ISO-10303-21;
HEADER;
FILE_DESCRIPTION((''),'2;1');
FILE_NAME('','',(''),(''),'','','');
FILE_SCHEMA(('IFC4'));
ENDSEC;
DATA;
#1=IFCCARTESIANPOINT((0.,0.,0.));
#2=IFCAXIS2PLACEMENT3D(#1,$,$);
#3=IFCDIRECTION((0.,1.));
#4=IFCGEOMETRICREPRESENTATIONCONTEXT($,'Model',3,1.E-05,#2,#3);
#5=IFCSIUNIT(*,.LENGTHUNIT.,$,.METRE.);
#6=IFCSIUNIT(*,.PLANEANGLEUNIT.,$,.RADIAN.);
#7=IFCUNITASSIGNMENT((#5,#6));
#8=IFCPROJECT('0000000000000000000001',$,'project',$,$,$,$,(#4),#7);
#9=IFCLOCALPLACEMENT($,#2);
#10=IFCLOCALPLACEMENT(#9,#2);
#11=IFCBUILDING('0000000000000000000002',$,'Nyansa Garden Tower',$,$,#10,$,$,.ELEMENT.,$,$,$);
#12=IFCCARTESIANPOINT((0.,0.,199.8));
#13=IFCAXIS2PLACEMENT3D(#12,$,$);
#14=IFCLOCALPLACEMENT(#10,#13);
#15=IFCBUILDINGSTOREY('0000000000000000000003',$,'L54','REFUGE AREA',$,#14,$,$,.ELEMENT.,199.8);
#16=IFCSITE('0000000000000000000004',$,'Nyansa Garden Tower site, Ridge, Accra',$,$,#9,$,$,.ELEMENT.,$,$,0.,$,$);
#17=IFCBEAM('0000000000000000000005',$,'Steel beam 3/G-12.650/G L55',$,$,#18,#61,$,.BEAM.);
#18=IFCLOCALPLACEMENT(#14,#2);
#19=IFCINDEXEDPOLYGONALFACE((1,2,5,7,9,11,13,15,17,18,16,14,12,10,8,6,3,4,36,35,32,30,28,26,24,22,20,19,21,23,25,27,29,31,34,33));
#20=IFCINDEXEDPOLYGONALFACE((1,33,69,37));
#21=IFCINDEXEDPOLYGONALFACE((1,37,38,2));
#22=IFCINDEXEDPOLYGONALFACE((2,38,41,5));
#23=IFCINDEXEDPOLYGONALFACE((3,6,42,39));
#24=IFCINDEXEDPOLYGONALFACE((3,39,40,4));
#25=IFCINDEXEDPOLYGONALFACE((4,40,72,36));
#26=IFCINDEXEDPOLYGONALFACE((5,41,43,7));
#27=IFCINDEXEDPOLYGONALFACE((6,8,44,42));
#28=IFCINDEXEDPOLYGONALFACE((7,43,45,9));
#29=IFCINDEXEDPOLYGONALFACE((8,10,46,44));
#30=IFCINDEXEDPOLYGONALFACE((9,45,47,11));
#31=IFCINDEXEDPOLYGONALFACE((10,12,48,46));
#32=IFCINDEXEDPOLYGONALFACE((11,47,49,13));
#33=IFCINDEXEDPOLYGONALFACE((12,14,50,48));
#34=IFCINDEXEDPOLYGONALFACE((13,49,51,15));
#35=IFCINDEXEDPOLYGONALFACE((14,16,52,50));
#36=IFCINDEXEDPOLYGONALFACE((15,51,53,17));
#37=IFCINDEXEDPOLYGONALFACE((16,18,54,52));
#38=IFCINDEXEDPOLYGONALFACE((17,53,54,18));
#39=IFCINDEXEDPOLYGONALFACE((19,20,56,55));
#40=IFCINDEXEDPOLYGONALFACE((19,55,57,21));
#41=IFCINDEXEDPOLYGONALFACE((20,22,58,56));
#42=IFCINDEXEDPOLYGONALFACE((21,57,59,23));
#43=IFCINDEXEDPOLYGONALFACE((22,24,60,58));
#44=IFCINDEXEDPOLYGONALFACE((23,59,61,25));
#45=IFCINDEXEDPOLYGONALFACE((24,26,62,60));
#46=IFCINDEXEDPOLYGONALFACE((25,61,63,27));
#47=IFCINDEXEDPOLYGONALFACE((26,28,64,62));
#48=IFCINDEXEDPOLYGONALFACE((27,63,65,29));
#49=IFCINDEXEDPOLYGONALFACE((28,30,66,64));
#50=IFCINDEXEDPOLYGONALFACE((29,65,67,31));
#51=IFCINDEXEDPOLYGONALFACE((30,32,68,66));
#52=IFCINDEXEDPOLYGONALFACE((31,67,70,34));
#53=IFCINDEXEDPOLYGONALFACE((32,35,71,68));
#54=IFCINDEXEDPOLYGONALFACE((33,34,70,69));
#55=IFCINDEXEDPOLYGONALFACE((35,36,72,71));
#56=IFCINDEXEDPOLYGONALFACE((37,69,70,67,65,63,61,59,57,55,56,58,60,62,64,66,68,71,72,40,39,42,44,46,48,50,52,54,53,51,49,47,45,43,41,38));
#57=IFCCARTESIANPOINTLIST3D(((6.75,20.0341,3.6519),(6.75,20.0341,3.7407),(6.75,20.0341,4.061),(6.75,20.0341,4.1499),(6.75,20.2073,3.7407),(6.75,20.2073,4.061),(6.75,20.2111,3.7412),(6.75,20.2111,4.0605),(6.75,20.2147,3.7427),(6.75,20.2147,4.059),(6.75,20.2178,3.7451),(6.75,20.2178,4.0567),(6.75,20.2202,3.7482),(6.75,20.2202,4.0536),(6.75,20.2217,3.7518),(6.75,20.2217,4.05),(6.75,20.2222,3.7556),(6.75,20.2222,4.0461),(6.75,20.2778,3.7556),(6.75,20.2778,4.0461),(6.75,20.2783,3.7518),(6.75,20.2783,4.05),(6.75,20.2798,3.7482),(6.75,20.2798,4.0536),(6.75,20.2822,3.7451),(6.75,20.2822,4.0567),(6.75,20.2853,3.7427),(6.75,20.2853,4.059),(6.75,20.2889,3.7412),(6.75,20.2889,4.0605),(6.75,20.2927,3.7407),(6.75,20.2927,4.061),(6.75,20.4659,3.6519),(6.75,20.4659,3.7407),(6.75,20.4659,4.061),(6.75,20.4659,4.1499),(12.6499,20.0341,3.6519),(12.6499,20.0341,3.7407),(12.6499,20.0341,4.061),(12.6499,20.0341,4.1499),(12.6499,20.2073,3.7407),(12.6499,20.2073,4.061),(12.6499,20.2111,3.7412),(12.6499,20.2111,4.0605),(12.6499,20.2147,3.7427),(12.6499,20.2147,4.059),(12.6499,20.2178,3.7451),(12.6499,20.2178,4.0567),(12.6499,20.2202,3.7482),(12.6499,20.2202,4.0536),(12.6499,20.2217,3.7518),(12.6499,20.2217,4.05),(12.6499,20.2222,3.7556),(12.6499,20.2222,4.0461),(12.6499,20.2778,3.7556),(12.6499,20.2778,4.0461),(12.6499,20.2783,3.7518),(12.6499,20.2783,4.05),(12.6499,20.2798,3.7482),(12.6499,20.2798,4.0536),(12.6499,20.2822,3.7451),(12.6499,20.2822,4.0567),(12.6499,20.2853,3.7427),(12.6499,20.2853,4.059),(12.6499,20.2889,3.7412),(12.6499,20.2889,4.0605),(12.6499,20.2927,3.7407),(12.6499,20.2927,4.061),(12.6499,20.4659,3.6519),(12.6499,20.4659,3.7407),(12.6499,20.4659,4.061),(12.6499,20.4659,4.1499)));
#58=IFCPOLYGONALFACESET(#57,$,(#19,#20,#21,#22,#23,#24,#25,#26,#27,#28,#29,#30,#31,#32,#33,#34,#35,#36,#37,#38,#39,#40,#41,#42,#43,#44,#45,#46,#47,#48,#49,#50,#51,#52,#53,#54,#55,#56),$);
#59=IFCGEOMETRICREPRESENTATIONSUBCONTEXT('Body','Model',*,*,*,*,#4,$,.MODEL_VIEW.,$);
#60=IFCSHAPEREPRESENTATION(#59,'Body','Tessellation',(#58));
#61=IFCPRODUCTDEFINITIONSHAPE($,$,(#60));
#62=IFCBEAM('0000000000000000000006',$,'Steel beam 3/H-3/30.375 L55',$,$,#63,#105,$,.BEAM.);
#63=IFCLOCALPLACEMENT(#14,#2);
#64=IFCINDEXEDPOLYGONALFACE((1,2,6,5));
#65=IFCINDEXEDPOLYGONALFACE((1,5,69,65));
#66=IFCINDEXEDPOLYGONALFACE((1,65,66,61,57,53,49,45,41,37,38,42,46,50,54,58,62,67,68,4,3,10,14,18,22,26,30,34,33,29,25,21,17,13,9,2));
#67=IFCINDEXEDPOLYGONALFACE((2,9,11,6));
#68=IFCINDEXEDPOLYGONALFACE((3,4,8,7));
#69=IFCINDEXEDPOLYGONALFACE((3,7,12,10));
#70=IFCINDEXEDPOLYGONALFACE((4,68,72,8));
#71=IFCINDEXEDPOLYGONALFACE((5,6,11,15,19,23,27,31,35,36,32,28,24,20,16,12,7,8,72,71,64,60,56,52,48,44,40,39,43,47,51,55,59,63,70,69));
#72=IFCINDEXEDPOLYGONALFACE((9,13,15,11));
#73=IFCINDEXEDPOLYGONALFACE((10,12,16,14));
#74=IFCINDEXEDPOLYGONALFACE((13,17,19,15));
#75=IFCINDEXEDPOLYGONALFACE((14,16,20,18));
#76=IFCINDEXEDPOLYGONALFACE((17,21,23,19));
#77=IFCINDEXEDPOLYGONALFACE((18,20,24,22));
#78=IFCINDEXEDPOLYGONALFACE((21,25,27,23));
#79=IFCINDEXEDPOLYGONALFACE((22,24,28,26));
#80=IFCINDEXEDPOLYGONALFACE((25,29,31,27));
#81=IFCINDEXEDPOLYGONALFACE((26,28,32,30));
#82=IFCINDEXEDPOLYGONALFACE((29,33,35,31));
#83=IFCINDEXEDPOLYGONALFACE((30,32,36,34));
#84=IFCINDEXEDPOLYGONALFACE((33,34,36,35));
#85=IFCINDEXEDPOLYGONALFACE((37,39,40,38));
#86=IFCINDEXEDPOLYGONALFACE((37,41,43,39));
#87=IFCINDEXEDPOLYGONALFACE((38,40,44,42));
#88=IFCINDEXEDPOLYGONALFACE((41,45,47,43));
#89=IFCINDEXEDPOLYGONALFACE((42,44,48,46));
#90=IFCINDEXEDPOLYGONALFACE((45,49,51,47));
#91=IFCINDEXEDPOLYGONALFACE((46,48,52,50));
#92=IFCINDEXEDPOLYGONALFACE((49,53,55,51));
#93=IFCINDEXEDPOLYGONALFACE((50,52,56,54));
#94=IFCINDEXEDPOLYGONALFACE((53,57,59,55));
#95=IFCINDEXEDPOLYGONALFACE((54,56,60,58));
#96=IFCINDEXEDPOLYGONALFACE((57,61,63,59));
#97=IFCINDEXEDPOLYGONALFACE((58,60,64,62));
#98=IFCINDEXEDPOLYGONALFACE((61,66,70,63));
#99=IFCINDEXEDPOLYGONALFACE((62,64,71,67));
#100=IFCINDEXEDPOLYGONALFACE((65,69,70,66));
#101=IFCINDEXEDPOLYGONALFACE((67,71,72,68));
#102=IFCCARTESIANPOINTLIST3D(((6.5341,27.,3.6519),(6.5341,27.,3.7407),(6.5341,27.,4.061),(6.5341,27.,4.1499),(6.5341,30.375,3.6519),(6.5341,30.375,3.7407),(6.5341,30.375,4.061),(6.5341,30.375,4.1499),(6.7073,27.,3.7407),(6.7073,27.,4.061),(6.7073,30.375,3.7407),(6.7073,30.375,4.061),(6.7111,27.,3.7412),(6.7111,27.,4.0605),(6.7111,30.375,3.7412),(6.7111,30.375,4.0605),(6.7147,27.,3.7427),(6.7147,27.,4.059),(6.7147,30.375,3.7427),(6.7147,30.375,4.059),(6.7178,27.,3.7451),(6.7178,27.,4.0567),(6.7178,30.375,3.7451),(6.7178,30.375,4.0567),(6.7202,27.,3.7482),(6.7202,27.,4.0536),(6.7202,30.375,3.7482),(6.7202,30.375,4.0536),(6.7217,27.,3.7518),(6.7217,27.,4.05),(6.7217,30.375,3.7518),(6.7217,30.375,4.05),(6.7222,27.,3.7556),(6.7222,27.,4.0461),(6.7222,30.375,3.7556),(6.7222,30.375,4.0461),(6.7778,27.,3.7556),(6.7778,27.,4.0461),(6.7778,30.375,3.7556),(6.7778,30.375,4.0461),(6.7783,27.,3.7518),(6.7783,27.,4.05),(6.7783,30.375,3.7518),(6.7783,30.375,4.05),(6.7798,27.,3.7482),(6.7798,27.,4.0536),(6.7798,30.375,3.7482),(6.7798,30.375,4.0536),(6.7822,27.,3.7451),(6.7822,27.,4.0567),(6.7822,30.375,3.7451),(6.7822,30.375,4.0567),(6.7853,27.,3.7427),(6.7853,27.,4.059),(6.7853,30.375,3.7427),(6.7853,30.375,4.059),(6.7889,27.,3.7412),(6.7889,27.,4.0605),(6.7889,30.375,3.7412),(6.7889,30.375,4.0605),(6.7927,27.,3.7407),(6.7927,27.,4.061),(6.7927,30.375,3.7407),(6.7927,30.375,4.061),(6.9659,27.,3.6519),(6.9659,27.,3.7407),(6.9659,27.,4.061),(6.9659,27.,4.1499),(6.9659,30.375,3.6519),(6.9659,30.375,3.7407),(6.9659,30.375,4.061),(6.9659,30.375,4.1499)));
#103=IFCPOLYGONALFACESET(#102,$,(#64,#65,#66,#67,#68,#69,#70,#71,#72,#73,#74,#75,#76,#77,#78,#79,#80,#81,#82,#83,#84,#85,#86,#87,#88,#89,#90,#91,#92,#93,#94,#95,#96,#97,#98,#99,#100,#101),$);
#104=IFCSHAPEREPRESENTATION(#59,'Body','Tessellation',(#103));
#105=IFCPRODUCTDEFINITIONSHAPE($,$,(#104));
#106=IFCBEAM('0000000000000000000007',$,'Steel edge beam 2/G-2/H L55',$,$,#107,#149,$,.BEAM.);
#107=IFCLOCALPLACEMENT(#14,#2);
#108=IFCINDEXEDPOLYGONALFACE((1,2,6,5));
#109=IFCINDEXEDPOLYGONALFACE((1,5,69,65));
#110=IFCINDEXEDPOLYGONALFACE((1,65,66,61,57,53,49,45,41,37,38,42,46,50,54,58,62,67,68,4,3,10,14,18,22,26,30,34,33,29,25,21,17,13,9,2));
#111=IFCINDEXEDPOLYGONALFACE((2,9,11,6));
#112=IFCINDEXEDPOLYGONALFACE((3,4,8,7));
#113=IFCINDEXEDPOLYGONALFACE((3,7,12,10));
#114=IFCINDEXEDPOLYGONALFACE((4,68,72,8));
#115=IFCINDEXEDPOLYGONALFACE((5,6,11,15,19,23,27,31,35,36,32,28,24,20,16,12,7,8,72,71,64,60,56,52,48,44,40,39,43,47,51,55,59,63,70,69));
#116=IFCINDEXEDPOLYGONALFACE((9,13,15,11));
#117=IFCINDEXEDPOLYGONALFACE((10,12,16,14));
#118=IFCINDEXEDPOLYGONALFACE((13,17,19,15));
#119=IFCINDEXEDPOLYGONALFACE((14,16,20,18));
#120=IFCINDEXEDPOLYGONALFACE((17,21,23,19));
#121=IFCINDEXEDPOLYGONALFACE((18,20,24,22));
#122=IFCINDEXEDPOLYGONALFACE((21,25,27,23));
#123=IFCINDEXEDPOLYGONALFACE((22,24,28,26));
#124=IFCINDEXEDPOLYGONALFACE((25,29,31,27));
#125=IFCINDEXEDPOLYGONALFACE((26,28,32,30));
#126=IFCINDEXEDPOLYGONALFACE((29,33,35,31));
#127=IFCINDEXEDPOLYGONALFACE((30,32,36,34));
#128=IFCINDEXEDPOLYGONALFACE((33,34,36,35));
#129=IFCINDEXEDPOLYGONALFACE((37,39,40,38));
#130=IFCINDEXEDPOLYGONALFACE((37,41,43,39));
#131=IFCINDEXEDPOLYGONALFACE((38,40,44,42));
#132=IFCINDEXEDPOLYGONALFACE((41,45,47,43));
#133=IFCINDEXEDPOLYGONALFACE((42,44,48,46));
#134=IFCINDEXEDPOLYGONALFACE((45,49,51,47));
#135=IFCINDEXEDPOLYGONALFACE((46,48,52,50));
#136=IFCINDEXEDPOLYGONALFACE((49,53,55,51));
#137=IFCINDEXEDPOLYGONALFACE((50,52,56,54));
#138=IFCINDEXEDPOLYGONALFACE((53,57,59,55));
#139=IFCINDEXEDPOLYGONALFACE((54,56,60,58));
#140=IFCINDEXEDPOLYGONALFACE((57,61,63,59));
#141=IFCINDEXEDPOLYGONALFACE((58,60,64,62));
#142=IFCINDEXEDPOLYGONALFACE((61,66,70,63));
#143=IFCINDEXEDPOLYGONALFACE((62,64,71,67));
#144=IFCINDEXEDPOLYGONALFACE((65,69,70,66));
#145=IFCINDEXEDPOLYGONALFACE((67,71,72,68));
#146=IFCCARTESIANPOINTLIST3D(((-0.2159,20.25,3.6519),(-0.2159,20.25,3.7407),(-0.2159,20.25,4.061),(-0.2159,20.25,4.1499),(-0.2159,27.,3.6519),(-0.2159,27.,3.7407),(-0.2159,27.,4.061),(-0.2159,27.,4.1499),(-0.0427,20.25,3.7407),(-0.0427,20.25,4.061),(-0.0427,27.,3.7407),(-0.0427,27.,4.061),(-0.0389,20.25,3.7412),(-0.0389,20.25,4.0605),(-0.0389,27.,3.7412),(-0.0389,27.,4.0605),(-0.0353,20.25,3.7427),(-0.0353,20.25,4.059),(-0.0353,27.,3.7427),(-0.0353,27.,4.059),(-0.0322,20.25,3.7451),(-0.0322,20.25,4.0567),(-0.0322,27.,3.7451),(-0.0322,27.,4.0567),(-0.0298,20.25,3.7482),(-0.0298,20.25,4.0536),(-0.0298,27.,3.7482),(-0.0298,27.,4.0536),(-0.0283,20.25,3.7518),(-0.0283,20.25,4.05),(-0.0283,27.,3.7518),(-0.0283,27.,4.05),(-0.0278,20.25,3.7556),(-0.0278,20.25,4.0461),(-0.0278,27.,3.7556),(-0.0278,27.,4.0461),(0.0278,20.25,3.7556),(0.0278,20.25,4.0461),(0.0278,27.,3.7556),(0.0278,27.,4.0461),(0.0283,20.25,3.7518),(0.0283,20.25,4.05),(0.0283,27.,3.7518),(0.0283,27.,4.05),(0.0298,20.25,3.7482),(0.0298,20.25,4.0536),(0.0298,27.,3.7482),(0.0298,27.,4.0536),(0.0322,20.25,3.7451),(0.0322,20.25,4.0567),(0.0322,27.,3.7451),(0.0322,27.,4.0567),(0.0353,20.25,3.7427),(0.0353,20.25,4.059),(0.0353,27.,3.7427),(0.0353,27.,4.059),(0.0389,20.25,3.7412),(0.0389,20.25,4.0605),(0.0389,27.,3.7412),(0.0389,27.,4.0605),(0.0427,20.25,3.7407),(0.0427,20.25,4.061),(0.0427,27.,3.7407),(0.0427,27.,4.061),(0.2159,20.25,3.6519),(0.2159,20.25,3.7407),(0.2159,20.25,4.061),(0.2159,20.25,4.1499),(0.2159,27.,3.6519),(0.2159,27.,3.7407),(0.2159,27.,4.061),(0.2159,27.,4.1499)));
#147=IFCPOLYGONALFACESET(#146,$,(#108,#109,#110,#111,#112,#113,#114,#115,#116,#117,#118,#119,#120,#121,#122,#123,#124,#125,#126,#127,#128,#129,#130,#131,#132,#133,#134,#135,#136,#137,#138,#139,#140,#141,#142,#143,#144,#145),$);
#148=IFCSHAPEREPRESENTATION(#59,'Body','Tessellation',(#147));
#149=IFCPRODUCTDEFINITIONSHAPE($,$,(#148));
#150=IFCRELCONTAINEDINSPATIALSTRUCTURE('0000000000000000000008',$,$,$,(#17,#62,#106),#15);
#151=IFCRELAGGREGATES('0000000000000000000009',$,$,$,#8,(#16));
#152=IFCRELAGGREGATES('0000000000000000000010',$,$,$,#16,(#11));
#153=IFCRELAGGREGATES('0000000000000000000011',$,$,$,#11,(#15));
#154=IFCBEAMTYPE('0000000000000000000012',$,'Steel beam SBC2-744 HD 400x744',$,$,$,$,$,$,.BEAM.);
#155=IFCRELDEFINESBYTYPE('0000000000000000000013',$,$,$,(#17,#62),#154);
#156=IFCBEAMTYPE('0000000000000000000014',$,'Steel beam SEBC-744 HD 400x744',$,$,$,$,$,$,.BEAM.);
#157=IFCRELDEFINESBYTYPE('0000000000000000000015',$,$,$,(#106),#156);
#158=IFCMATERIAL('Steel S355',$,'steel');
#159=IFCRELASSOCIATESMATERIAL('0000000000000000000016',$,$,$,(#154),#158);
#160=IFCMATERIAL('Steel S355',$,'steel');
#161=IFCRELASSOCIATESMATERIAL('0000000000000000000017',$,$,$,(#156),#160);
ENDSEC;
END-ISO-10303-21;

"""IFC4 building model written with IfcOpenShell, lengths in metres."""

from ifc_helpers import new_model, si_unit, direction, frame, origin, origin_2d, place, context, subcontext, project, spatial, i_section, extrude, material, material_profile, profile_set, type_object, element, save


model = new_model("IFC4")

# Units and contexts
model_context = context("Model", 3, precision=1e-05, world=origin(), true_north=direction((0.0, 1.0)))
body_context = subcontext(model_context, "Body", "Model", "MODEL_VIEW")
ifc_project = project(units=[si_unit("LENGTHUNIT", "METRE"), si_unit("PLANEANGLEUNIT", "RADIAN")], contexts=[model_context])

# Site, building, storey
site_placement = place(None, origin())
site = spatial("IfcSite", under=ifc_project, at=site_placement, Name="Nyansa Garden Tower site, Ridge, Accra", CompositionType="ELEMENT", RefElevation=0.0)
building_placement = place(site_placement, origin())
building = spatial("IfcBuilding", under=site, at=building_placement, Name="Nyansa Garden Tower", CompositionType="ELEMENT")
storey_placement = place(building_placement, frame((0.0, 0.0, 199.8)))
storey = spatial("IfcBuildingStorey", under=building, at=storey_placement, Name="L54", Description="REFUGE AREA", CompositionType="ELEMENT", Elevation=199.8)

# Beams
ifc_material_1 = material(Name="Steel S355", Category="steel")
ifc_material_profile_1 = material_profile(ifc_material_1, i_section(OverallWidth=0.4319, OverallDepth=0.498, WebThickness=0.0557, FlangeThickness=0.0889, FilletRadius=0.0149, at=origin_2d()), Name="HD 400x744")
ifc_profile_set_1 = profile_set([ifc_material_profile_1], Name="Steel S355")
beam_type_1 = type_object("IfcBeamType", Name="Steel beam SBC2-744 HD 400x744", PredefinedType="BEAM", material=ifc_profile_set_1)
beam_1_placement = place(storey_placement, frame((6.75, 20.25, 3.9009), z_axis=(1.0, 0.0, 0.0), x_axis=(0.0, 1.0, 0.0)))
element("IfcBeam", 1, at=beam_1_placement, inside=storey, type_object=beam_type_1, Name="Steel beam 3/G-12.650/G L55", PredefinedType="BEAM", context=body_context, shape_type="SweptSolid", body=[
    extrude(i_section(OverallWidth=0.4319, OverallDepth=0.498, WebThickness=0.0557, FlangeThickness=0.0889, FilletRadius=0.0149, at=origin_2d()), origin(), (0.0, 0.0, 1.0), 5.8999),
])
beam_2_placement = place(storey_placement, frame((6.75, 27.0, 3.9009), z_axis=(0.0, 1.0, 0.0), x_axis=(-1.0, 0.0, 0.0)))
element("IfcBeam", 2, at=beam_2_placement, inside=storey, type_object=beam_type_1, Name="Steel beam 3/H-3/30.375 L55", PredefinedType="BEAM", context=body_context, shape_type="SweptSolid", body=[
    extrude(i_section(OverallWidth=0.4319, OverallDepth=0.498, WebThickness=0.0557, FlangeThickness=0.0889, FilletRadius=0.0149, at=origin_2d()), origin(), (0.0, 0.0, 1.0), 3.375),
])
ifc_material_2 = material(Name="Steel S355", Category="steel")
ifc_material_profile_2 = material_profile(ifc_material_2, i_section(OverallWidth=0.4319, OverallDepth=0.498, WebThickness=0.0557, FlangeThickness=0.0889, FilletRadius=0.0149, at=origin_2d()), Name="HD 400x744")
ifc_profile_set_2 = profile_set([ifc_material_profile_2], Name="Steel S355")
beam_type_2 = type_object("IfcBeamType", Name="Steel beam SEBC-744 HD 400x744", PredefinedType="BEAM", material=ifc_profile_set_2)
beam_3_placement = place(storey_placement, frame((0.0, 20.25, 3.9009), z_axis=(0.0, 1.0, 0.0), x_axis=(-1.0, 0.0, 0.0)))
element("IfcBeam", 3, at=beam_3_placement, inside=storey, type_object=beam_type_2, Name="Steel edge beam 2/G-2/H L55", PredefinedType="BEAM", context=body_context, shape_type="SweptSolid", body=[
    extrude(i_section(OverallWidth=0.4319, OverallDepth=0.498, WebThickness=0.0557, FlangeThickness=0.0889, FilletRadius=0.0149, at=origin_2d()), origin(), (0.0, 0.0, 1.0), 6.75),
])

save(model, "model.ifc")
